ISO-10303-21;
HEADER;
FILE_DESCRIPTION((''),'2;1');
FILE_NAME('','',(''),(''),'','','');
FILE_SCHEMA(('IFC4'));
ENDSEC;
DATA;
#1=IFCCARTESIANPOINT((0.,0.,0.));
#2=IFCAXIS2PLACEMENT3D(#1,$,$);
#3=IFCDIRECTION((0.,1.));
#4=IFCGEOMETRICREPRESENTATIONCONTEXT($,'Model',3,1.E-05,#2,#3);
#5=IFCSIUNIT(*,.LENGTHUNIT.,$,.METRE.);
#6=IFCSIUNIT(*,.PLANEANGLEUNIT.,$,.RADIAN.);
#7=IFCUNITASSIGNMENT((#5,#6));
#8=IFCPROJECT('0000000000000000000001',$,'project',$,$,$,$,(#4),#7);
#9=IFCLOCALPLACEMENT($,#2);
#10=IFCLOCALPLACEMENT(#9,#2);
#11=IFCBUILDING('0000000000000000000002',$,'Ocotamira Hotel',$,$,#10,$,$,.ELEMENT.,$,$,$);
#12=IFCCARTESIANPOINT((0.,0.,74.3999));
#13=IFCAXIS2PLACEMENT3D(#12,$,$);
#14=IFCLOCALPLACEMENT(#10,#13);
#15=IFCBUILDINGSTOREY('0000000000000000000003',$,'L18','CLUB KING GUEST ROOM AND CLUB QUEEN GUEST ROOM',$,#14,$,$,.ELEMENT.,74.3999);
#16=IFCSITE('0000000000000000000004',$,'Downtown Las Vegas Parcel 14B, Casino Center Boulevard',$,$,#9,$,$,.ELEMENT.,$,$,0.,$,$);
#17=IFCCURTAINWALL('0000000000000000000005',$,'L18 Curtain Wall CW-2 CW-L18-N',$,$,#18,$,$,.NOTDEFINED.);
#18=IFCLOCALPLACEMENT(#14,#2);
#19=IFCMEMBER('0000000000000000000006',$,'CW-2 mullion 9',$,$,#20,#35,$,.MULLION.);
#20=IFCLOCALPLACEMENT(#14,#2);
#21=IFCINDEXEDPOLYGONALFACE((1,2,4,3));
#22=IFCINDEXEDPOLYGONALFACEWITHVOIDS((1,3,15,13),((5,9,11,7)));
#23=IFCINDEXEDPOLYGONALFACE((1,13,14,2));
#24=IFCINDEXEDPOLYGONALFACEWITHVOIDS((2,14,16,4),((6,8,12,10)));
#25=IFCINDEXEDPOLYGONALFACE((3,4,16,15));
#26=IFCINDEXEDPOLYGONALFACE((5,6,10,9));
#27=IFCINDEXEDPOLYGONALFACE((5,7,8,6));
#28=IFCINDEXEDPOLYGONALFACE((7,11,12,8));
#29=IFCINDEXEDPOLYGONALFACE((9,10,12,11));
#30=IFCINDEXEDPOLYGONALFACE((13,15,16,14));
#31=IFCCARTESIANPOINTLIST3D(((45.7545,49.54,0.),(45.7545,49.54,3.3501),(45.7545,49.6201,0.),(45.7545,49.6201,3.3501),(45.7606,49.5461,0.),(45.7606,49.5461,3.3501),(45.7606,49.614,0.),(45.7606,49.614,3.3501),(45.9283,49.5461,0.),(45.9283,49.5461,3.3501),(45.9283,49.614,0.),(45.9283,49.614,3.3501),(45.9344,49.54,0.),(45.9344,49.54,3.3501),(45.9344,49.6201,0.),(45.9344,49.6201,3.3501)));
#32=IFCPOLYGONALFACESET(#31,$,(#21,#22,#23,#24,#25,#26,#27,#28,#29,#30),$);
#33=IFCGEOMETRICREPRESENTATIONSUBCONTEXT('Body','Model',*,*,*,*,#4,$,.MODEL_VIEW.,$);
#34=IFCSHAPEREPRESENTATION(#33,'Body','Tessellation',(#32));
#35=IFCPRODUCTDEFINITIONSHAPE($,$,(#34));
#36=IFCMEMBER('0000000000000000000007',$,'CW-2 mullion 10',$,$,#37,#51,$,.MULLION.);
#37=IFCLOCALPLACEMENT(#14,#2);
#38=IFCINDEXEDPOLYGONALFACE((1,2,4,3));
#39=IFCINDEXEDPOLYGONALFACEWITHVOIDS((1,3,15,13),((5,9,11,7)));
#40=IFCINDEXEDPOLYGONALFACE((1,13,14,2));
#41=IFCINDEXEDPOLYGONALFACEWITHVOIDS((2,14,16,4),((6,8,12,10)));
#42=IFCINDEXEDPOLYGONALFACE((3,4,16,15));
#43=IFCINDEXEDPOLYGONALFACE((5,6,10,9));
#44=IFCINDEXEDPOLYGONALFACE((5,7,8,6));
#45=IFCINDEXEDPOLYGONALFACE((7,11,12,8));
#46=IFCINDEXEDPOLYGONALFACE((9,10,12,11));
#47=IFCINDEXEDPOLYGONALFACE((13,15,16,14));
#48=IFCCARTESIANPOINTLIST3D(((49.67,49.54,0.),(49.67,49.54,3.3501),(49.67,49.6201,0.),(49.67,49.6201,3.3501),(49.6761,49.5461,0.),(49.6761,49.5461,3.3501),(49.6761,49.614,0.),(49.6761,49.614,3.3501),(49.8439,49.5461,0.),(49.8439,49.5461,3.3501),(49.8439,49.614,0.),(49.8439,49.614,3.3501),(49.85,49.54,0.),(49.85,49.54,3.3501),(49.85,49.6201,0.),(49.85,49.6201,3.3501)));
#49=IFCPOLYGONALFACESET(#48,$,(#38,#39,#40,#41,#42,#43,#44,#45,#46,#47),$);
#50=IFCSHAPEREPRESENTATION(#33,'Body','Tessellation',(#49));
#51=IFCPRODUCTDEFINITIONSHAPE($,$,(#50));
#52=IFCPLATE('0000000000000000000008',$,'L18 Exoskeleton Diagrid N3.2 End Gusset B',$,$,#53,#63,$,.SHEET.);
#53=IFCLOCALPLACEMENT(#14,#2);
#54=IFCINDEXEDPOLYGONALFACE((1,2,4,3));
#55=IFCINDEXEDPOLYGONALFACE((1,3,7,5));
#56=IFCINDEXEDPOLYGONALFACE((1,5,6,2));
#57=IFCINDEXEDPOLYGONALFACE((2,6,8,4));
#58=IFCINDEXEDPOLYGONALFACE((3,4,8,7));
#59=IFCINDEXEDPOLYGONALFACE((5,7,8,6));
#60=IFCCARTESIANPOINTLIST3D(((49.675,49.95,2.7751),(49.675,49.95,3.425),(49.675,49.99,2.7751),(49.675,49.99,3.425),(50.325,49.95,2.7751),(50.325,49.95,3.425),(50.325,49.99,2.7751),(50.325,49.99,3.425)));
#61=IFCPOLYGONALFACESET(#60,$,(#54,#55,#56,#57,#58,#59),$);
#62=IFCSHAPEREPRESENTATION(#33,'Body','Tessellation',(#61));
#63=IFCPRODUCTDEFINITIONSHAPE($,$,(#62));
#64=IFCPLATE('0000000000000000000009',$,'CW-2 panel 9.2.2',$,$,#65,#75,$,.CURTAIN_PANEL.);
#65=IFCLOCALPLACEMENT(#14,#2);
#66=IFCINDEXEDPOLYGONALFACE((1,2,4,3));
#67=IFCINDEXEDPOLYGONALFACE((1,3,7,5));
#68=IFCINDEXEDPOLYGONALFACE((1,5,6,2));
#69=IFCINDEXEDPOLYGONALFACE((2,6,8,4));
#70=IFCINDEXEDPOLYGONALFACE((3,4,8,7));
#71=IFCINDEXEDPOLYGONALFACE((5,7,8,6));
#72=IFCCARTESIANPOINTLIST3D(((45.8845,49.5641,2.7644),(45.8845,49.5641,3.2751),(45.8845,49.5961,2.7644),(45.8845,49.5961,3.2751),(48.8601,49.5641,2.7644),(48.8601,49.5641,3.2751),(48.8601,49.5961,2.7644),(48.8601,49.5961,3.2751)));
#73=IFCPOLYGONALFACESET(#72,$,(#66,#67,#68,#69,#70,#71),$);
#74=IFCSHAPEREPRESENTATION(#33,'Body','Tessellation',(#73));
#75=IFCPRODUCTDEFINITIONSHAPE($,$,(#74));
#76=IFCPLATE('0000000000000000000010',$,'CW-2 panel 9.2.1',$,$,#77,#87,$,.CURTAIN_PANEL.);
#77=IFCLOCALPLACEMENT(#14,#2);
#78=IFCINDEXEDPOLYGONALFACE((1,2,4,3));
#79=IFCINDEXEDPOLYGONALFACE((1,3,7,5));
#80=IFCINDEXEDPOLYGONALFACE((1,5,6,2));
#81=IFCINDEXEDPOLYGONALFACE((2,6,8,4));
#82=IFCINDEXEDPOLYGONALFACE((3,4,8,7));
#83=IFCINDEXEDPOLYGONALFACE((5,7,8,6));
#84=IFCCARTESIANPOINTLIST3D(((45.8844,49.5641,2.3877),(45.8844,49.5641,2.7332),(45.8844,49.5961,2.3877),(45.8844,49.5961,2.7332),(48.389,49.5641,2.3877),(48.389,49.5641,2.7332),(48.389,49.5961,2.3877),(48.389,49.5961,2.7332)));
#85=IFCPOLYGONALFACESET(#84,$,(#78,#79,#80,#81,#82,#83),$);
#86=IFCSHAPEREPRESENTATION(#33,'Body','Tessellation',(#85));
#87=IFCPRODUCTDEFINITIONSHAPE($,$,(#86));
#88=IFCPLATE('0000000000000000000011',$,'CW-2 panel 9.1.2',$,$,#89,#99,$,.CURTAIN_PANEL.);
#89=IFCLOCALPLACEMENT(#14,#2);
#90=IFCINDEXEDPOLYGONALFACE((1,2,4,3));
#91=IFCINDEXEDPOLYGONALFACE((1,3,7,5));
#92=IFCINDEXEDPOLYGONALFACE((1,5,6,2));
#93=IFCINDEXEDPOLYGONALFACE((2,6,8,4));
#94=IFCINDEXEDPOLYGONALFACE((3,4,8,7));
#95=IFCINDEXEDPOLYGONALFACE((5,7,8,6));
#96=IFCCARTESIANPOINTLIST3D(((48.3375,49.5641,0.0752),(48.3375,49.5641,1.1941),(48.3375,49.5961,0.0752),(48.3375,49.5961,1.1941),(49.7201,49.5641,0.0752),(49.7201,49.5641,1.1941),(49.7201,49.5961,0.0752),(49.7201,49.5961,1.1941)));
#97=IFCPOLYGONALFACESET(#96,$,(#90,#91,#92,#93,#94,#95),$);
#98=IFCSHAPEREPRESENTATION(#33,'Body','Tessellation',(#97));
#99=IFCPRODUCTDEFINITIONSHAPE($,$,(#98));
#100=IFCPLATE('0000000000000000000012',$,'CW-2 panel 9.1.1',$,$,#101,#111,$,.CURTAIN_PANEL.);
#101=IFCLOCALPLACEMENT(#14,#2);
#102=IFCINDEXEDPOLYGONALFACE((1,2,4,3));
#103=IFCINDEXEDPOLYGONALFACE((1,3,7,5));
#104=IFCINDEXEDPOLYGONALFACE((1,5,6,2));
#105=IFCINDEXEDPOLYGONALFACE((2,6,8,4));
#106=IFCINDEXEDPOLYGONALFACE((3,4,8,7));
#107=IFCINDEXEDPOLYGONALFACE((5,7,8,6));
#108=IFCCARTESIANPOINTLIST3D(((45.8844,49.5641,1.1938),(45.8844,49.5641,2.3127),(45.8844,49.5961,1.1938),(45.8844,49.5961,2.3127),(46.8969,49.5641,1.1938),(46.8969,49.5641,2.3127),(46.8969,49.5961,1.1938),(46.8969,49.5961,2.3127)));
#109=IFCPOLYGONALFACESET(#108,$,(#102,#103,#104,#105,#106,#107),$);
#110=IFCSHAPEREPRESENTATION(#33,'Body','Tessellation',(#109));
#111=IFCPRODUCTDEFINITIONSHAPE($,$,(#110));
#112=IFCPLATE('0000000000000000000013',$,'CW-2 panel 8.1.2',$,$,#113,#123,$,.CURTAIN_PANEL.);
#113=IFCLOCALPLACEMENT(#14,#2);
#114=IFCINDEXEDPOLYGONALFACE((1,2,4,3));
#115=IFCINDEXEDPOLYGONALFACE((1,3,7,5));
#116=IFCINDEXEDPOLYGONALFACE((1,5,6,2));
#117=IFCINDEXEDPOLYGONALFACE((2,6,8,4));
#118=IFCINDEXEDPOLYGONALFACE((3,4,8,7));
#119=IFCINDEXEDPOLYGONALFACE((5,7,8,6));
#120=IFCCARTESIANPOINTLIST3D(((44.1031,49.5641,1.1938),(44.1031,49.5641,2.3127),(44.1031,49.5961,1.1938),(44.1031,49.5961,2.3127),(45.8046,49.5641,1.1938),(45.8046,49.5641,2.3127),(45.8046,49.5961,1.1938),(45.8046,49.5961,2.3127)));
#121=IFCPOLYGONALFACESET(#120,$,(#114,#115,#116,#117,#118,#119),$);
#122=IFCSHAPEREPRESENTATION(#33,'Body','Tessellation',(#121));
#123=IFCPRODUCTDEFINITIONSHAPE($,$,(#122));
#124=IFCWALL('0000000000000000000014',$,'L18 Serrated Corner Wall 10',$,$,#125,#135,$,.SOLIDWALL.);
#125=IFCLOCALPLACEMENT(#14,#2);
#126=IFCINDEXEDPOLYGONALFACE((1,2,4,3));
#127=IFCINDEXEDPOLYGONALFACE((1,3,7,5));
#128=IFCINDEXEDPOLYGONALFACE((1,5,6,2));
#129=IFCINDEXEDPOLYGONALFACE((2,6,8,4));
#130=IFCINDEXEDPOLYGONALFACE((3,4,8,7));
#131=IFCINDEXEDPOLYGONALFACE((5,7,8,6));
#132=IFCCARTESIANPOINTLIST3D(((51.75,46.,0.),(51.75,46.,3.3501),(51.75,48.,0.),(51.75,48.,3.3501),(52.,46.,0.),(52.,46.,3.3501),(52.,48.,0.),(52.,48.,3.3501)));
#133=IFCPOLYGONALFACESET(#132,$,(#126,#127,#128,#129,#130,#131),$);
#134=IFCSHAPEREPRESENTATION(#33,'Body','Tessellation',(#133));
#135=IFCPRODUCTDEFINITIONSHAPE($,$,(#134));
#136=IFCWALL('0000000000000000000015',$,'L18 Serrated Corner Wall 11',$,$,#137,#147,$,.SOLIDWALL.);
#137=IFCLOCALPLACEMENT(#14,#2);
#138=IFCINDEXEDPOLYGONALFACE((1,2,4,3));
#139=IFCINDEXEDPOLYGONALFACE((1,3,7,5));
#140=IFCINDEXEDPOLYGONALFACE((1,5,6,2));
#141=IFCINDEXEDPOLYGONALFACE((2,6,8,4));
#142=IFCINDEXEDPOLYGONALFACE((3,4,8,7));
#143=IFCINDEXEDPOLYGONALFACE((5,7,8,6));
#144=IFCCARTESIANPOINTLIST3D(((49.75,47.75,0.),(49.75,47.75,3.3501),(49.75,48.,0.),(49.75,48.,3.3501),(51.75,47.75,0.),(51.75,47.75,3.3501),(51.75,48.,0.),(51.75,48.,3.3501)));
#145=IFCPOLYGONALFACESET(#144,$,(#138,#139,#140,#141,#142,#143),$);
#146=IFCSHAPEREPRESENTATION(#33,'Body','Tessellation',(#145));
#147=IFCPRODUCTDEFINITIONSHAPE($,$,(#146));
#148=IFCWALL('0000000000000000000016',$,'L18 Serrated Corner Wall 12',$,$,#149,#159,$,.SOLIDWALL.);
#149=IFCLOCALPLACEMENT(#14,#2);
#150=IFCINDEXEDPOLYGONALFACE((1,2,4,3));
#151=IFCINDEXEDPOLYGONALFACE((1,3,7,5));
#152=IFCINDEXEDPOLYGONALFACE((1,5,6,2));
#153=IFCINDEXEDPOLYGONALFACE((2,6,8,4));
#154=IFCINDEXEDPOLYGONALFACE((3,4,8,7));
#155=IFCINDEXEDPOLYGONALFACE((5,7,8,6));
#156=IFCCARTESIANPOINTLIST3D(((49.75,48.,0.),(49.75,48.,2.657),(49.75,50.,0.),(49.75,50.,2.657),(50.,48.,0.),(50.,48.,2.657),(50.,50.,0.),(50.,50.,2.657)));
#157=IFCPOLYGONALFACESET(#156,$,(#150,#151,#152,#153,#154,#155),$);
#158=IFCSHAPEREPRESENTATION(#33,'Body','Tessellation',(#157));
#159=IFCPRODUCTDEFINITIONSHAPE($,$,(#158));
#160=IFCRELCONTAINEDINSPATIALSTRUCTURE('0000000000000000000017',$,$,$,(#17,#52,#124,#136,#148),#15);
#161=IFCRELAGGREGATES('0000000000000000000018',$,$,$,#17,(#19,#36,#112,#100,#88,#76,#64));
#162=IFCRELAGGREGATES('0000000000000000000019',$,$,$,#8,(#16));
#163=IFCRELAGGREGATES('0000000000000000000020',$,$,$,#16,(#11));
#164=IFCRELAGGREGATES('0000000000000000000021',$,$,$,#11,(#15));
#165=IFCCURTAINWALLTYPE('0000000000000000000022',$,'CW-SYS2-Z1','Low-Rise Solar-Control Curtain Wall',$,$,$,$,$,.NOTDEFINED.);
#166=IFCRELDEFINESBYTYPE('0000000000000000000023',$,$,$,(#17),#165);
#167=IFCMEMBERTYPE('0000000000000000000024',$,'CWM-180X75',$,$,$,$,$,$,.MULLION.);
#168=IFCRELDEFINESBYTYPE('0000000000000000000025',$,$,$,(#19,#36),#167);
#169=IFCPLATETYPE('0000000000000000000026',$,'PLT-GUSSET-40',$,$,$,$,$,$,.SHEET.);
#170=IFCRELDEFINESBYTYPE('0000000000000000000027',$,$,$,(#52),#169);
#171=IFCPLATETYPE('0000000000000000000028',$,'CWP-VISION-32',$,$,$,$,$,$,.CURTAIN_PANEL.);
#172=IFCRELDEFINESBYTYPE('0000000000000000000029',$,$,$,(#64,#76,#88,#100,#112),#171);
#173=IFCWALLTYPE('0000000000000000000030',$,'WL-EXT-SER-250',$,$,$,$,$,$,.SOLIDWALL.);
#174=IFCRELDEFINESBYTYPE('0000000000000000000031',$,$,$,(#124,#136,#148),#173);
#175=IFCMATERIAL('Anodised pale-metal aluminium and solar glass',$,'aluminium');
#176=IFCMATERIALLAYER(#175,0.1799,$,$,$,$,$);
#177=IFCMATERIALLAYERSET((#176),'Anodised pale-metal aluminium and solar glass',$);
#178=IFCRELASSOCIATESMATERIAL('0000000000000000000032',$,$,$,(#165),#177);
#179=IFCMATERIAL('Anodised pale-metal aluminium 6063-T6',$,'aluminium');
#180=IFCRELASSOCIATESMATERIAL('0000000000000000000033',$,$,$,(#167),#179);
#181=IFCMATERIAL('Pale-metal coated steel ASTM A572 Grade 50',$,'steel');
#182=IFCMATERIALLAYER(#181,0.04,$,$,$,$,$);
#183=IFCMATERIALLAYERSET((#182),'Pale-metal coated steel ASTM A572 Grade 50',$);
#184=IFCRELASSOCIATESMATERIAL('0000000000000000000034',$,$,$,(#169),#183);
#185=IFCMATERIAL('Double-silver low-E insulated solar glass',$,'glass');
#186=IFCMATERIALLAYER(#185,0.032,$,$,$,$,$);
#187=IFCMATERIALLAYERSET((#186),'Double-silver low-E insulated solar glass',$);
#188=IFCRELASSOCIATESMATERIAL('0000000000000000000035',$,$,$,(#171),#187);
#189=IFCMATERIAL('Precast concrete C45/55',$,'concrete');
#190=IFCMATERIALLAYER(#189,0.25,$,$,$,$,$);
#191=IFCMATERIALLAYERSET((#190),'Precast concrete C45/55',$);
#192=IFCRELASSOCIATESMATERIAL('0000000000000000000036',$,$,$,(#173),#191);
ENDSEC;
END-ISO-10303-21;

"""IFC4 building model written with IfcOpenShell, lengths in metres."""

from ifc_helpers import new_model, si_unit, direction, frame, frame_2d, origin, origin_2d, place, context, subcontext, project, spatial, rectangle, hollow_rectangle, extrude, source, transform, mapped, material, layer, layer_set, material_profile, profile_set, type_object, element, aggregate, save


model = new_model("IFC4")

# Units and contexts
model_context = context("Model", 3, precision=1e-05, world=origin(), true_north=direction((0.0, 1.0)))
body_context = subcontext(model_context, "Body", "Model", "MODEL_VIEW")
ifc_project = project(units=[si_unit("LENGTHUNIT", "METRE"), si_unit("PLANEANGLEUNIT", "RADIAN")], contexts=[model_context])

# Site, building, storey
site_placement = place(None, origin())
site = spatial("IfcSite", under=ifc_project, at=site_placement, Name="Downtown Las Vegas Parcel 14B, Casino Center Boulevard", CompositionType="ELEMENT", RefElevation=0.0)
building_placement = place(site_placement, origin())
building = spatial("IfcBuilding", under=site, at=building_placement, Name="Ocotamira Hotel", CompositionType="ELEMENT")
storey_placement = place(building_placement, frame((0.0, 0.0, 74.3999)))
storey = spatial("IfcBuildingStorey", under=building, at=storey_placement, Name="L18", Description="CLUB KING GUEST ROOM AND CLUB QUEEN GUEST ROOM", CompositionType="ELEMENT", Elevation=74.3999)

# Curtain wall, members
ifc_material_1 = material(Name="Anodised pale-metal aluminium and solar glass", Category="aluminium")
ifc_layer_1 = layer(ifc_material_1, 0.1799)
ifc_layer_set_1 = layer_set([ifc_layer_1], Name="Anodised pale-metal aluminium and solar glass")
curtain_wall_type = type_object("IfcCurtainWallType", Name="CW-SYS2-Z1", Description="Low-Rise Solar-Control Curtain Wall", PredefinedType="NOTDEFINED", material=ifc_layer_set_1)
curtain_wall_placement = place(storey_placement, origin())
curtain_wall = element("IfcCurtainWall", 1, at=curtain_wall_placement, inside=storey, type_object=curtain_wall_type, Name="L18 Curtain Wall CW-2 CW-L18-N", PredefinedType="NOTDEFINED")
ifc_material_2 = material(Name="Anodised pale-metal aluminium 6063-T6", Category="aluminium")
ifc_material_profile_1 = material_profile(ifc_material_2, hollow_rectangle(XDim=0.0801, YDim=0.1799, WallThickness=0.0061, at=origin_2d()), Name="HSS180X80X6")
ifc_profile_set_1 = profile_set([ifc_material_profile_1], Name="Anodised pale-metal aluminium 6063-T6")
member_type_1 = type_object("IfcMemberType", Name="CWM-180X75", PredefinedType="MULLION", material=ifc_profile_set_1)
shared_shape_1 = source(origin(), body_context, "Body", "SweptSolid", [
    extrude(hollow_rectangle(XDim=0.0801, YDim=0.1799, WallThickness=0.0061, at=origin_2d()), origin(), (0.0, 0.0, 1.0), 3.3501),
])
member_1_placement = place(storey_placement, frame((45.8445, 49.5801, 0.0), z_axis=(0.0, 0.0, 1.0), x_axis=(0.0, 1.0, 0.0)))
member_1 = element("IfcMember", 2, at=member_1_placement, type_object=member_type_1, Name="CW-2 mullion 9", PredefinedType="MULLION", context=body_context, shape_type="MappedRepresentation", body=[
    mapped(shared_shape_1, transform((0.0, 0.0, 0.0), scale=1.0)),
])
member_2_placement = place(storey_placement, frame((49.76, 49.5801, 0.0), z_axis=(0.0, 0.0, 1.0), x_axis=(0.0, 1.0, 0.0)))
member_2 = element("IfcMember", 3, at=member_2_placement, type_object=member_type_1, Name="CW-2 mullion 10", PredefinedType="MULLION", context=body_context, shape_type="MappedRepresentation", body=[
    mapped(shared_shape_1, transform((0.0, 0.0, 0.0), scale=1.0)),
])

# Plates
ifc_material_3 = material(Name="Pale-metal coated steel ASTM A572 Grade 50", Category="steel")
ifc_layer_2 = layer(ifc_material_3, 0.04)
ifc_layer_set_2 = layer_set([ifc_layer_2], Name="Pale-metal coated steel ASTM A572 Grade 50")
plate_type_1 = type_object("IfcPlateType", Name="PLT-GUSSET-40", PredefinedType="SHEET", material=ifc_layer_set_2)
shared_shape_2 = source(origin(), body_context, "Body", "SweptSolid", [
    extrude(rectangle(XDim=0.6499, YDim=0.04, at=origin_2d()), origin(), (0.0, 0.0, 1.0), 0.6499),
])
plate_1_placement = place(storey_placement, frame((50.0, 49.97, 2.7751), z_axis=(0.0, 0.0, 1.0), x_axis=(1.0, 0.0, 0.0)))
element("IfcPlate", 4, at=plate_1_placement, inside=storey, type_object=plate_type_1, Name="L18 Exoskeleton Diagrid N3.2 End Gusset B", PredefinedType="SHEET", context=body_context, shape_type="MappedRepresentation", body=[
    mapped(shared_shape_2, transform((0.0, 0.0, 0.0), scale=1.0)),
])
ifc_material_4 = material(Name="Double-silver low-E insulated solar glass", Category="glass")
ifc_layer_3 = layer(ifc_material_4, 0.032)
ifc_layer_set_3 = layer_set([ifc_layer_3], Name="Double-silver low-E insulated solar glass")
plate_type_2 = type_object("IfcPlateType", Name="CWP-VISION-32", PredefinedType="CURTAIN_PANEL", material=ifc_layer_set_3)
shared_shape_3 = source(origin(), body_context, "Body", "SweptSolid", [
    extrude(rectangle(XDim=2.9756, YDim=0.032, at=origin_2d()), origin(), (0.0, 0.0, 1.0), 0.5107),
])
plate_2_placement = place(storey_placement, frame((47.3723, 49.5801, 2.7644), z_axis=(0.0, 0.0, 1.0), x_axis=(1.0, 0.0, 0.0)))
plate_2 = element("IfcPlate", 5, at=plate_2_placement, type_object=plate_type_2, Name="CW-2 panel 9.2.2", PredefinedType="CURTAIN_PANEL", context=body_context, shape_type="MappedRepresentation", body=[
    mapped(shared_shape_3, transform((0.0, 0.0, 0.0), scale=1.0)),
])
shared_shape_4 = source(origin(), body_context, "Body", "SweptSolid", [
    extrude(rectangle(XDim=2.5046, YDim=0.032, at=origin_2d()), origin(), (0.0, 0.0, 1.0), 0.3455),
])
plate_3_placement = place(storey_placement, frame((47.1367, 49.5801, 2.3877), z_axis=(0.0, 0.0, 1.0), x_axis=(1.0, 0.0, 0.0)))
plate_3 = element("IfcPlate", 6, at=plate_3_placement, type_object=plate_type_2, Name="CW-2 panel 9.2.1", PredefinedType="CURTAIN_PANEL", context=body_context, shape_type="MappedRepresentation", body=[
    mapped(shared_shape_4, transform((0.0, 0.0, 0.0), scale=1.0)),
])
shared_shape_5 = source(origin(), body_context, "Body", "SweptSolid", [
    extrude(rectangle(XDim=1.3826, YDim=0.032, at=origin_2d()), origin(), (0.0, 0.0, 1.0), 1.1189),
])
plate_4_placement = place(storey_placement, frame((49.0288, 49.5801, 0.0752), z_axis=(0.0, 0.0, 1.0), x_axis=(1.0, 0.0, 0.0)))
plate_4 = element("IfcPlate", 7, at=plate_4_placement, type_object=plate_type_2, Name="CW-2 panel 9.1.2", PredefinedType="CURTAIN_PANEL", context=body_context, shape_type="MappedRepresentation", body=[
    mapped(shared_shape_5, transform((0.0, 0.0, 0.0), scale=1.0)),
])
shared_shape_6 = source(origin(), body_context, "Body", "SweptSolid", [
    extrude(rectangle(XDim=1.0125, YDim=0.032, at=origin_2d()), origin(), (0.0, 0.0, 1.0), 1.1189),
])
plate_5_placement = place(storey_placement, frame((46.3906, 49.5801, 1.1938), z_axis=(0.0, 0.0, 1.0), x_axis=(1.0, 0.0, 0.0)))
plate_5 = element("IfcPlate", 8, at=plate_5_placement, type_object=plate_type_2, Name="CW-2 panel 9.1.1", PredefinedType="CURTAIN_PANEL", context=body_context, shape_type="MappedRepresentation", body=[
    mapped(shared_shape_6, transform((0.0, 0.0, 0.0), scale=1.0)),
])
shared_shape_7 = source(origin(), body_context, "Body", "SweptSolid", [
    extrude(rectangle(XDim=1.7014, YDim=0.032, at=origin_2d()), origin(), (0.0, 0.0, 1.0), 1.1189),
])
plate_6_placement = place(storey_placement, frame((44.9539, 49.5801, 1.1938), z_axis=(0.0, 0.0, 1.0), x_axis=(1.0, 0.0, 0.0)))
plate_6 = element("IfcPlate", 9, at=plate_6_placement, type_object=plate_type_2, Name="CW-2 panel 8.1.2", PredefinedType="CURTAIN_PANEL", context=body_context, shape_type="MappedRepresentation", body=[
    mapped(shared_shape_7, transform((0.0, 0.0, 0.0), scale=1.0)),
])
aggregate(curtain_wall, [member_1, member_2, plate_6, plate_5, plate_4, plate_3, plate_2])

# Walls
ifc_material_5 = material(Name="Precast concrete C45/55", Category="concrete")
ifc_layer_4 = layer(ifc_material_5, 0.25)
ifc_layer_set_4 = layer_set([ifc_layer_4], Name="Precast concrete C45/55")
wall_type = type_object("IfcWallType", Name="WL-EXT-SER-250", PredefinedType="SOLIDWALL", material=ifc_layer_set_4)
for number, where, z_axis, x_axis, name in (
    (10, (51.875, 46.0, 0.0), (0.0, 0.0, 1.0), (0.0, 1.0, 0.0), "L18 Serrated Corner Wall 10"),
    (11, (51.75, 47.875, 0.0), (0.0, 0.0, 1.0), (-1.0, 0.0, 0.0), "L18 Serrated Corner Wall 11"),
):
    element("IfcWall", number, at=place(storey_placement, frame(where, z_axis=z_axis, x_axis=x_axis)), inside=storey, type_object=wall_type, Name=name, PredefinedType="SOLIDWALL", context=body_context, shape_type="SweptSolid", body=[
        extrude(rectangle(XDim=2.0, YDim=0.25, at=frame_2d((1.0, 0.0))), origin(), (0.0, 0.0, 1.0), 3.3501),
    ])
wall_placement = place(storey_placement, frame((49.875, 48.0, 0.0), z_axis=(0.0, 0.0, 1.0), x_axis=(0.0, 1.0, 0.0)))
element("IfcWall", 12, at=wall_placement, inside=storey, type_object=wall_type, Name="L18 Serrated Corner Wall 12", PredefinedType="SOLIDWALL", context=body_context, shape_type="SweptSolid", body=[
    extrude(rectangle(XDim=2.0, YDim=0.25, at=frame_2d((1.0, 0.0))), origin(), (0.0, 0.0, 1.0), 2.657),
])

save(model, "model.ifc")
